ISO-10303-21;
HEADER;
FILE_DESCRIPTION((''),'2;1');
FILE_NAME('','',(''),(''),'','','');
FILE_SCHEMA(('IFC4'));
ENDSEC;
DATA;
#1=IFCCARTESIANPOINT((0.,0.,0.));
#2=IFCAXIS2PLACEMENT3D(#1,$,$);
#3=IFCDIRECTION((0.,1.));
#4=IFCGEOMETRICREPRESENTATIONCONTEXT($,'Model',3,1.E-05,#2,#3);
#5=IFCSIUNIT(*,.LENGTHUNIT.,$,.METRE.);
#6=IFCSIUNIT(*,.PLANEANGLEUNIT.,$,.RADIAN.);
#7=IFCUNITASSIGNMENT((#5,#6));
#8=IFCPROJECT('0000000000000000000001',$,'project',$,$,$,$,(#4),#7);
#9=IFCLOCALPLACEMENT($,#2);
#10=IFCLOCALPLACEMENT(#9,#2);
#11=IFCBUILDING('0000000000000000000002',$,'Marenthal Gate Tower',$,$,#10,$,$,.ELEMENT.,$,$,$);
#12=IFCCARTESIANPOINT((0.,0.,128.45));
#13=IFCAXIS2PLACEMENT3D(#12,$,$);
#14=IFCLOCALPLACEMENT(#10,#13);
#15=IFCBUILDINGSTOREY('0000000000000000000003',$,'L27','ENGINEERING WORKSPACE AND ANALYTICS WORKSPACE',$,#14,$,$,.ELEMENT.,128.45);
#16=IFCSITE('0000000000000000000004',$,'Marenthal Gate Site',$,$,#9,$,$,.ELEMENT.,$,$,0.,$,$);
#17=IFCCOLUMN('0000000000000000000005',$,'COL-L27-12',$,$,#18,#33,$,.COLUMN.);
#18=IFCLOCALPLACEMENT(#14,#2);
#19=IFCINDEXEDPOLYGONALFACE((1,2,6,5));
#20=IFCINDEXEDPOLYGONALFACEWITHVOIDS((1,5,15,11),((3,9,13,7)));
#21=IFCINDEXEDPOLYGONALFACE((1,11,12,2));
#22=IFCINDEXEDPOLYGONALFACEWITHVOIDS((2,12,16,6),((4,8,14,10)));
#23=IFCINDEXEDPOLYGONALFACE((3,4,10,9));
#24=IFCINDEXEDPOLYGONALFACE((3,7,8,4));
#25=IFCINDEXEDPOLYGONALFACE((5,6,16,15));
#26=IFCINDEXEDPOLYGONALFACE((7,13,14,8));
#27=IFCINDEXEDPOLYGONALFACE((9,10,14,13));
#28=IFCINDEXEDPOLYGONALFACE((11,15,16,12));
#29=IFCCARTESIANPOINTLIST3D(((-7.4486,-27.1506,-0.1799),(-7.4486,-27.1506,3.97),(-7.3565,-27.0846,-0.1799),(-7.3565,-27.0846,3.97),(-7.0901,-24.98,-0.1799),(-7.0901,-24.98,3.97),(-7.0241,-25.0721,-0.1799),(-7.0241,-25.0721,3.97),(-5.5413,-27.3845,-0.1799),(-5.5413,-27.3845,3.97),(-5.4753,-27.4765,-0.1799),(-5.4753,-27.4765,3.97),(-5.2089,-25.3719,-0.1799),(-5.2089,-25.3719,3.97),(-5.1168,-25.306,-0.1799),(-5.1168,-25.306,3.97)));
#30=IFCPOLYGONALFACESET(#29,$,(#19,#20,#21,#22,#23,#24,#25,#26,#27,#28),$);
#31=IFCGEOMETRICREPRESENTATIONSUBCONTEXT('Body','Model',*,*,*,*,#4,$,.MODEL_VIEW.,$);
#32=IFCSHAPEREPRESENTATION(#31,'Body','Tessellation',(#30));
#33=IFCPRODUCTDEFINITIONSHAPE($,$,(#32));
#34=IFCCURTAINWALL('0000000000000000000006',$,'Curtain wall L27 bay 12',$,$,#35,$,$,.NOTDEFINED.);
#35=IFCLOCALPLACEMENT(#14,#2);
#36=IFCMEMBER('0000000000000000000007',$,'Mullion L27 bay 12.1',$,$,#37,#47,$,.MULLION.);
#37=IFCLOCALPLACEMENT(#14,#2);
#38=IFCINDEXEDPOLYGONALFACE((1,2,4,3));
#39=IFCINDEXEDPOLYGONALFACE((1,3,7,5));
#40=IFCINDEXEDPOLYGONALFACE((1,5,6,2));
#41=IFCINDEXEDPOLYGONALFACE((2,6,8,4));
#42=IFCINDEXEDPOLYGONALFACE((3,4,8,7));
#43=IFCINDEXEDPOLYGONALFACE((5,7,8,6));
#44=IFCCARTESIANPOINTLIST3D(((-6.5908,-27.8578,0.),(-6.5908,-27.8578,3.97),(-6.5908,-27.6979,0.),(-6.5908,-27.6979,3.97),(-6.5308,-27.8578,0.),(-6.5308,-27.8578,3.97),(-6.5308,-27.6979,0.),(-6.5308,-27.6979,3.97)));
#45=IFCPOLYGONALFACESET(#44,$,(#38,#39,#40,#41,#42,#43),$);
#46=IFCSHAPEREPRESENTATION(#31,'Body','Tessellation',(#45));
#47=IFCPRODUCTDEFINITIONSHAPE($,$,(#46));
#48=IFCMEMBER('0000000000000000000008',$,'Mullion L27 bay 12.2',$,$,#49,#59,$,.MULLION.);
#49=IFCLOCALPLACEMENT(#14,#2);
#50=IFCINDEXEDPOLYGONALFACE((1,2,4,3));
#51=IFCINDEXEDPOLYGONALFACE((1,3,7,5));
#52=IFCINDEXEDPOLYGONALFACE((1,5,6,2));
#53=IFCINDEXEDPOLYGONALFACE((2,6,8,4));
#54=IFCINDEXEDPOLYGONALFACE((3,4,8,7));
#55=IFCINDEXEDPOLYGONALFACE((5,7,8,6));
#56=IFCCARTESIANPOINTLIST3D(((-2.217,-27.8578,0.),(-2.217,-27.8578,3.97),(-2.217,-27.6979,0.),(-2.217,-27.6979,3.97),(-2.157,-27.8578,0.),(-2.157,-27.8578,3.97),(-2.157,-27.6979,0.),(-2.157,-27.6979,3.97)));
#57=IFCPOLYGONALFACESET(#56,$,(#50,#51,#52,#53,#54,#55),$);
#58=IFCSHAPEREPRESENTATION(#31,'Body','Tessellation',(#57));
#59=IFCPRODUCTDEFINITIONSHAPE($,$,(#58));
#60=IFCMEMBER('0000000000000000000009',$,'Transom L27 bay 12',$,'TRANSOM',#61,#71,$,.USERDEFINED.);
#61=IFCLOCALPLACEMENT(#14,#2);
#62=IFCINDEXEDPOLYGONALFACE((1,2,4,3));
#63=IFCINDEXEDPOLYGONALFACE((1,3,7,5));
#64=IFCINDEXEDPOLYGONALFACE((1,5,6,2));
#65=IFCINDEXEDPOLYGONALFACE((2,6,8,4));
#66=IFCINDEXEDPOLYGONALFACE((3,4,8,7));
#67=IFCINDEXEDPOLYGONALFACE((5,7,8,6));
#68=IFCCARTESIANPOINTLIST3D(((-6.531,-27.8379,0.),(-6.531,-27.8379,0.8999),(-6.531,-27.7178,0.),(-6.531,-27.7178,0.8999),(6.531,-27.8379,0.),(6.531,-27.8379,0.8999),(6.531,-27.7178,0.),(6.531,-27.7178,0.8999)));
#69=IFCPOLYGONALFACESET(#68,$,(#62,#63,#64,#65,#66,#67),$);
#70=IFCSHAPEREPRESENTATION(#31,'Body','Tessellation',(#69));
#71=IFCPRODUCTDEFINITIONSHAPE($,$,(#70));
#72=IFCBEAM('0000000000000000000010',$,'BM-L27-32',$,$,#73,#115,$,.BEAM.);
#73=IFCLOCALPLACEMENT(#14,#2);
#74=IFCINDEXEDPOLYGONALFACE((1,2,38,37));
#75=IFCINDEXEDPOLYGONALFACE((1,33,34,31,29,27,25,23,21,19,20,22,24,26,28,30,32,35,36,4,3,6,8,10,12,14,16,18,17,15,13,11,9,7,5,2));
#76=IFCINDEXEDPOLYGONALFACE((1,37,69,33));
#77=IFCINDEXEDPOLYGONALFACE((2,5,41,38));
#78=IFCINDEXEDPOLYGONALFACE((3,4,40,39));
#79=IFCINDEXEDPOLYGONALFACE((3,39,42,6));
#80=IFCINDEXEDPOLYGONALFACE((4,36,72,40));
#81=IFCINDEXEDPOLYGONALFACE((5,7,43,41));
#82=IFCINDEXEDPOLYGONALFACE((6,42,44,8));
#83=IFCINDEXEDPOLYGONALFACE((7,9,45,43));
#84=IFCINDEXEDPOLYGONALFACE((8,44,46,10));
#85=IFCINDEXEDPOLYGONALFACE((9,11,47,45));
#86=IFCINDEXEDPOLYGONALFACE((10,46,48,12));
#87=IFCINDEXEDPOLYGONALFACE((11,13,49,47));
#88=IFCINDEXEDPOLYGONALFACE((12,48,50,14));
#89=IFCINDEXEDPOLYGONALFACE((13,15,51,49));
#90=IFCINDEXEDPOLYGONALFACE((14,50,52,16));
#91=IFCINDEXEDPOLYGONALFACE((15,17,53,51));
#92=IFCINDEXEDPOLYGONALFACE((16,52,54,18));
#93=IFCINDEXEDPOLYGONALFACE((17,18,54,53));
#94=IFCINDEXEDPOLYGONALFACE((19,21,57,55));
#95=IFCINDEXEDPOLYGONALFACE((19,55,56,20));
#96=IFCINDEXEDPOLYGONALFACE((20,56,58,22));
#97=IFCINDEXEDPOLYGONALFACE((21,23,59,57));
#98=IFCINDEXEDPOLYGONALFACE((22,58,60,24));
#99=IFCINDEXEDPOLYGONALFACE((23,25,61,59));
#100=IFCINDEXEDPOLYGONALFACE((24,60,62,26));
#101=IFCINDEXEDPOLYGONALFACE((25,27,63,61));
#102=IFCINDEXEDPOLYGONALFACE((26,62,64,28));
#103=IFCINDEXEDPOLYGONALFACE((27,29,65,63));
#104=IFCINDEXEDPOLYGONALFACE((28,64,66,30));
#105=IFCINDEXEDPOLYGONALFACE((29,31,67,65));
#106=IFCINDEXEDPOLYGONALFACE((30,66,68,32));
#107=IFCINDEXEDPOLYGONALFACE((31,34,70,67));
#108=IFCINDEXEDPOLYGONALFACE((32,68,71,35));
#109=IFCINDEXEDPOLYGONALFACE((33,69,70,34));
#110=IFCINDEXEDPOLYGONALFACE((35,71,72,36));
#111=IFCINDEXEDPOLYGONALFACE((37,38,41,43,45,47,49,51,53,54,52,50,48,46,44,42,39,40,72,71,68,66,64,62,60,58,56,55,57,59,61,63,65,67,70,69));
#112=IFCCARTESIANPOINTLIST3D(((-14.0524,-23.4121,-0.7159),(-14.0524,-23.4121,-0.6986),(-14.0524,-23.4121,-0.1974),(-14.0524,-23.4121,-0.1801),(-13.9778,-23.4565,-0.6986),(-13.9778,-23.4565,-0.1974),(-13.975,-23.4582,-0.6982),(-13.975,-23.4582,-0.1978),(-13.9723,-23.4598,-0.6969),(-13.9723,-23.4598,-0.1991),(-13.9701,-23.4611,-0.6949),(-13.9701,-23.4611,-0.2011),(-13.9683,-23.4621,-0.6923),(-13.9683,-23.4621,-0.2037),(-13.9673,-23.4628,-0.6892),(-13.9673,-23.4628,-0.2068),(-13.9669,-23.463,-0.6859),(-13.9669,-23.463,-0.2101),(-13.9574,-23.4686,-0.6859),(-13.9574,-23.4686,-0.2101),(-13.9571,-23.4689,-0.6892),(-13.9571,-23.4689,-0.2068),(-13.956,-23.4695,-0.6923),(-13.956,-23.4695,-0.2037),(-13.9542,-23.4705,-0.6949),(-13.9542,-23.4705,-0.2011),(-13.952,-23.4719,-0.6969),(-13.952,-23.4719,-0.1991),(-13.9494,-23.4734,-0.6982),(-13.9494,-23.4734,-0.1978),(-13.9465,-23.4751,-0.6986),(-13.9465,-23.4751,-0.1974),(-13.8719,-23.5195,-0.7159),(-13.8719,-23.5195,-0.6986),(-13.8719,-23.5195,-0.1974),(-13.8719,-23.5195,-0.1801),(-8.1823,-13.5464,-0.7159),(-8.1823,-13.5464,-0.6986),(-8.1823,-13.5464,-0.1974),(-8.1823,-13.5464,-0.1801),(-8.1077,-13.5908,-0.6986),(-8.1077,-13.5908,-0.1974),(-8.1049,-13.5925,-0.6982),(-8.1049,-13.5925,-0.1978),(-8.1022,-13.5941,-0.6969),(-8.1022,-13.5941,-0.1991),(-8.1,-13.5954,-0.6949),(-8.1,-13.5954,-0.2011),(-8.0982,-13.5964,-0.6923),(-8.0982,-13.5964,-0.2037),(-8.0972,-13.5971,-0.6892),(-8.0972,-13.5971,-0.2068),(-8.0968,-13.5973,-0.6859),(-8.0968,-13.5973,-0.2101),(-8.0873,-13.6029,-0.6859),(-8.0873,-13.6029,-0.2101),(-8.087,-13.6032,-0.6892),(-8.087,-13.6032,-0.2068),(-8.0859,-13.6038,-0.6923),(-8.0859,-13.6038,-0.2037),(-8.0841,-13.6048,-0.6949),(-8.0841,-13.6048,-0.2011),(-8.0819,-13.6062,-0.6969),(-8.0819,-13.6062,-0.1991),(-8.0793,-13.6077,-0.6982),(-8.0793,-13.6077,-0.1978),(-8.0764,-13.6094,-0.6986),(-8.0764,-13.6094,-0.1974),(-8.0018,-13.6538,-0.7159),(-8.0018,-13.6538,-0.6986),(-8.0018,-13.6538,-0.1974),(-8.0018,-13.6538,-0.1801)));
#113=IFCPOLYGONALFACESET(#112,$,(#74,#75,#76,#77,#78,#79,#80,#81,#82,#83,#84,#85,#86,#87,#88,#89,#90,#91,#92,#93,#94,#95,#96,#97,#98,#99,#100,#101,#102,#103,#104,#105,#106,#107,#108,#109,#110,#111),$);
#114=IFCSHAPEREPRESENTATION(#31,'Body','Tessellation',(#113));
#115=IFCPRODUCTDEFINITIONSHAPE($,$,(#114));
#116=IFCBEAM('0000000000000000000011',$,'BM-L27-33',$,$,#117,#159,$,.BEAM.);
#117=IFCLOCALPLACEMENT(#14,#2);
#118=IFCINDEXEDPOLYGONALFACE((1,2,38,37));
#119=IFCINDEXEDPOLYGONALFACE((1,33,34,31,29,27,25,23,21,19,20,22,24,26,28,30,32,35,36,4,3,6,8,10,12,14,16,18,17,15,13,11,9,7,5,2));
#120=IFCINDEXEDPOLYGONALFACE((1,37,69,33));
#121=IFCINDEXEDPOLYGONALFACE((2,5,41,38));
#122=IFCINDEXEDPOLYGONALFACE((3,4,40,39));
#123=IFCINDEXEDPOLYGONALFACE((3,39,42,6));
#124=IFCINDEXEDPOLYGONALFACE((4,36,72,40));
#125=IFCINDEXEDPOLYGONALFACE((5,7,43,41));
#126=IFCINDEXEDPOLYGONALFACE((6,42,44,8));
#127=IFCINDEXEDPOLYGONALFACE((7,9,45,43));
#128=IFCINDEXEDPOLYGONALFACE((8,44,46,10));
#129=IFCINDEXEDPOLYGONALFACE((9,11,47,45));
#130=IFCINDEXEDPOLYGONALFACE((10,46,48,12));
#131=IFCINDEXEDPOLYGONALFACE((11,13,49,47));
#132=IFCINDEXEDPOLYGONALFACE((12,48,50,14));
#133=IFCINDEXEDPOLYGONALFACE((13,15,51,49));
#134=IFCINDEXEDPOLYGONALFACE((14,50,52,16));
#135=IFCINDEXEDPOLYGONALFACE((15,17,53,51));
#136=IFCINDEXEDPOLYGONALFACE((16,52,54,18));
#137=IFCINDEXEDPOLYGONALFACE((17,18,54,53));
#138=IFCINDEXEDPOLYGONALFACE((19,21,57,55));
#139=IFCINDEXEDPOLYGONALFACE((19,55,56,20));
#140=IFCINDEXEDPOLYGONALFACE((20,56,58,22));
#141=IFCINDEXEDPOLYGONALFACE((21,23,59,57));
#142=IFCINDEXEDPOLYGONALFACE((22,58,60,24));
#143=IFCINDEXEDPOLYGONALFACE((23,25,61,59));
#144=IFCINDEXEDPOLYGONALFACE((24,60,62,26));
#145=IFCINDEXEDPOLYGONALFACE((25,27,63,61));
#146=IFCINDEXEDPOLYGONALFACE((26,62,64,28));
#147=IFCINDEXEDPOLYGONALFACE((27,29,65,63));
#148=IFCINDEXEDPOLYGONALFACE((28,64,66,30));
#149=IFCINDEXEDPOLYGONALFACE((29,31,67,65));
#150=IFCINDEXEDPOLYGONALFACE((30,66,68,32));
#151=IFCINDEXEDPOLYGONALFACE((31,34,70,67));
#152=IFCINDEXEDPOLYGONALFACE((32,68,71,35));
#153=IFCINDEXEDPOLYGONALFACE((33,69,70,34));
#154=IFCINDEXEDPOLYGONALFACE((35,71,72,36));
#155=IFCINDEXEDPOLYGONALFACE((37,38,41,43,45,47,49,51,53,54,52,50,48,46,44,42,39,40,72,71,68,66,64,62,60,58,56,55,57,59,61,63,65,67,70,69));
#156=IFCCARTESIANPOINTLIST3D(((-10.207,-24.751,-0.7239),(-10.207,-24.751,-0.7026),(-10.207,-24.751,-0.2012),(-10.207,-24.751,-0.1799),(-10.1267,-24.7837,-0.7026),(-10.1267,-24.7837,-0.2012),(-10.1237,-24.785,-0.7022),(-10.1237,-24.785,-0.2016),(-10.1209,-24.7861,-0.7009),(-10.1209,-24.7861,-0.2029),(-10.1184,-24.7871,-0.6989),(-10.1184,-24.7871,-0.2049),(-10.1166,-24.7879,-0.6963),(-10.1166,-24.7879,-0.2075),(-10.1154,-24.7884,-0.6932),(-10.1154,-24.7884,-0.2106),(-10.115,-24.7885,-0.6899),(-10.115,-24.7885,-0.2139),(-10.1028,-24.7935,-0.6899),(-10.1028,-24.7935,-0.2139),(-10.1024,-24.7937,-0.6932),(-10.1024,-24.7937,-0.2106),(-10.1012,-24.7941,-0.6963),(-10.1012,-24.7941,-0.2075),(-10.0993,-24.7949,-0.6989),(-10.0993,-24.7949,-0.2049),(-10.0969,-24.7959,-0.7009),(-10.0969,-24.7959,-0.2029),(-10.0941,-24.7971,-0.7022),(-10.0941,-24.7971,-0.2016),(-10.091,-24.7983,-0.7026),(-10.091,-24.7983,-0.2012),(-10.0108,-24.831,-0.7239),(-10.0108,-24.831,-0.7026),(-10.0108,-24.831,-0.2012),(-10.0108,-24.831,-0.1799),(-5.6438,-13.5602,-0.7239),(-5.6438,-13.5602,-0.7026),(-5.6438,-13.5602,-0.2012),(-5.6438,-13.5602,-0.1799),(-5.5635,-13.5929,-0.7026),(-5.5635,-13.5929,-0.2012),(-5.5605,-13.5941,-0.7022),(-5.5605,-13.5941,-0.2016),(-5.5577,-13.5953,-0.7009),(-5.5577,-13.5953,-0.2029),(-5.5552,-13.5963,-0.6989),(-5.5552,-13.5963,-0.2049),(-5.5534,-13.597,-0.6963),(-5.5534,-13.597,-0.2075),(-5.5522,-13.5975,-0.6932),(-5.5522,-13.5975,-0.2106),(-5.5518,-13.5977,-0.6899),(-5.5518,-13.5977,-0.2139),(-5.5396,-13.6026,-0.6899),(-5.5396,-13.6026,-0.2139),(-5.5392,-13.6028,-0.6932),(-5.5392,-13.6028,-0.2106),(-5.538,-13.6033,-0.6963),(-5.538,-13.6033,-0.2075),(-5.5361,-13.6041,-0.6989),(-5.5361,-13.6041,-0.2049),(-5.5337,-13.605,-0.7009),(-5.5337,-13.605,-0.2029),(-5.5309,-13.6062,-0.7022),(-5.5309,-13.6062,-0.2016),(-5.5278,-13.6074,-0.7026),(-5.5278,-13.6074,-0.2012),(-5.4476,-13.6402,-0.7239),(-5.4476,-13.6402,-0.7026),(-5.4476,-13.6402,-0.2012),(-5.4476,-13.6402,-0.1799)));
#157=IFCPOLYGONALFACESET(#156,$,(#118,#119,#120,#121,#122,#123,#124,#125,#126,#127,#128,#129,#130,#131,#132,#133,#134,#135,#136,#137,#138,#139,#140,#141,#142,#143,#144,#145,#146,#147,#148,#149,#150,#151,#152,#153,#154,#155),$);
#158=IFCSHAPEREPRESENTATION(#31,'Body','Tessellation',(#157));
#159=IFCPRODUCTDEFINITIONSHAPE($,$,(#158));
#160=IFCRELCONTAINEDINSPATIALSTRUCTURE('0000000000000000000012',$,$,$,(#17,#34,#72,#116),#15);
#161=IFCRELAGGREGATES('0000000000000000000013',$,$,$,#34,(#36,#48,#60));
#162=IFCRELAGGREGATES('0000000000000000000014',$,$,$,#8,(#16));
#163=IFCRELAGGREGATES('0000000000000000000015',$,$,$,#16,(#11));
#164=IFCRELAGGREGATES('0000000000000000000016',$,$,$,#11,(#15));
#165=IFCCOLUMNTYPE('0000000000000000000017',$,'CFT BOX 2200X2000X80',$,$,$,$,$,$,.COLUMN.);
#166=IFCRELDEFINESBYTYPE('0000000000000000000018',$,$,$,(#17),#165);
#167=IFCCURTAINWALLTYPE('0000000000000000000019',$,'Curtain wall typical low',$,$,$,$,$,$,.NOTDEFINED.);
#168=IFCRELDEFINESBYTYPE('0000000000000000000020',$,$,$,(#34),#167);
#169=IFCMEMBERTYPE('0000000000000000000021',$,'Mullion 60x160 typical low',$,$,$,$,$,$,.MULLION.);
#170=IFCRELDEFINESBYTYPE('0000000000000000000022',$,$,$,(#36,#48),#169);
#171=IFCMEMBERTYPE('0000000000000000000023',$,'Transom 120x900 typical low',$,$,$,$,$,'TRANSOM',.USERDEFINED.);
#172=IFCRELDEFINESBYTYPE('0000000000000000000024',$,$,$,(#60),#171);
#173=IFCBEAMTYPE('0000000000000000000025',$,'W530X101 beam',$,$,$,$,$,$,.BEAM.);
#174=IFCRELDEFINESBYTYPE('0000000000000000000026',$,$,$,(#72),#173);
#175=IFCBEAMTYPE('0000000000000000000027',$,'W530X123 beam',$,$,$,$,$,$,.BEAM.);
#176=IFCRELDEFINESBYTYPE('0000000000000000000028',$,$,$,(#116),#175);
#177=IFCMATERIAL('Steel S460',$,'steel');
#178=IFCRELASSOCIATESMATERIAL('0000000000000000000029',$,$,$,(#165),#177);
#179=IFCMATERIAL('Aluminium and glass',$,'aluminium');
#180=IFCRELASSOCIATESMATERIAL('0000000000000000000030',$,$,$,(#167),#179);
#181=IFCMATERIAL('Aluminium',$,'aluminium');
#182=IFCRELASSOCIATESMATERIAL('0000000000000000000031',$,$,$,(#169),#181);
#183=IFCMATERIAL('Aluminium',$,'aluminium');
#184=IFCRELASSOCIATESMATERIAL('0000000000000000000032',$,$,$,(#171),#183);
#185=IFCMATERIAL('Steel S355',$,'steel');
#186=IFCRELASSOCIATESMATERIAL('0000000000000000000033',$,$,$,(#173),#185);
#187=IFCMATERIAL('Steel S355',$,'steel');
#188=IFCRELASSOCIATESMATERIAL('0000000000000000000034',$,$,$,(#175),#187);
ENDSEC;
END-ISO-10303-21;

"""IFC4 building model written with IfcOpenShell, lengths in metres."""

from ifc_helpers import new_model, si_unit, direction, frame, origin, origin_2d, place, context, subcontext, project, spatial, rectangle, hollow_rectangle, i_section, extrude, material, material_profile, profile_set, type_object, element, aggregate, save


model = new_model("IFC4")

# Units and contexts
model_context = context("Model", 3, precision=1e-05, world=origin(), true_north=direction((0.0, 1.0)))
body_context = subcontext(model_context, "Body", "Model", "MODEL_VIEW")
ifc_project = project(units=[si_unit("LENGTHUNIT", "METRE"), si_unit("PLANEANGLEUNIT", "RADIAN")], contexts=[model_context])

# Site, building, storey
site_placement = place(None, origin())
site = spatial("IfcSite", under=ifc_project, at=site_placement, Name="Marenthal Gate Site", CompositionType="ELEMENT", RefElevation=0.0)
building_placement = place(site_placement, origin())
building = spatial("IfcBuilding", under=site, at=building_placement, Name="Marenthal Gate Tower", CompositionType="ELEMENT")
storey_placement = place(building_placement, frame((0.0, 0.0, 128.45)))
storey = spatial("IfcBuildingStorey", under=building, at=storey_placement, Name="L27", Description="ENGINEERING WORKSPACE AND ANALYTICS WORKSPACE", CompositionType="ELEMENT", Elevation=128.45)

# Column
ifc_material_1 = material(Name="Steel S460", Category="steel")
ifc_material_profile_1 = material_profile(ifc_material_1, hollow_rectangle(XDim=2.0, YDim=2.2, WallThickness=0.0801, at=origin_2d()), Name="CFT BOX 2200X2000X80")
ifc_material_2 = material(Name="Concrete 70 MPa", Category="concrete")
ifc_material_profile_2 = material_profile(ifc_material_2, rectangle(XDim=1.8401, YDim=2.04, at=origin_2d()), Name="CFT BOX 2200X2000X80 INFILL")
ifc_profile_set_1 = profile_set([ifc_material_profile_1, ifc_material_profile_2], Name="Steel S460 shell, Concrete 70 MPa infill")
column_type = type_object("IfcColumnType", Name="CFT BOX 2200X2000X80", PredefinedType="COLUMN", material=ifc_profile_set_1)
column_placement = place(storey_placement, frame((-6.2827, -26.2283, -0.1799), z_axis=(0.0, 0.0, 1.0), x_axis=(-0.986631, 0.162968, 0.0)))
element("IfcColumn", 1, at=column_placement, inside=storey, type_object=column_type, Name="COL-L27-12", PredefinedType="COLUMN", context=body_context, shape_type="SweptSolid", body=[
    extrude(hollow_rectangle(XDim=2.0, YDim=2.2, WallThickness=0.0801, at=origin_2d()), origin(), (0.0, 0.0, 1.0), 4.1499),
])

# Curtain wall, members
ifc_material_3 = material(Name="Aluminium and glass", Category="aluminium")
curtain_wall_type = type_object("IfcCurtainWallType", Name="Curtain wall typical low", PredefinedType="NOTDEFINED", material=ifc_material_3)
curtain_wall_placement = place(storey_placement, origin())
curtain_wall = element("IfcCurtainWall", 2, at=curtain_wall_placement, inside=storey, type_object=curtain_wall_type, Name="Curtain wall L27 bay 12", PredefinedType="NOTDEFINED")
ifc_material_4 = material(Name="Aluminium", Category="aluminium")
ifc_material_profile_3 = material_profile(ifc_material_4, rectangle(XDim=0.1599, YDim=0.0601, at=origin_2d()), Name="60x160 aluminium mullion")
ifc_profile_set_2 = profile_set([ifc_material_profile_3], Name="Aluminium")
member_type_1 = type_object("IfcMemberType", Name="Mullion 60x160 typical low", PredefinedType="MULLION", material=ifc_profile_set_2)
member_1_placement = place(storey_placement, frame((-6.5608, -27.7778, 0.0), z_axis=(0.0, 0.0, 1.0), x_axis=(0.0, 1.0, 0.0)))
member_1 = element("IfcMember", 3, at=member_1_placement, type_object=member_type_1, Name="Mullion L27 bay 12.1", PredefinedType="MULLION", context=body_context, shape_type="SweptSolid", body=[
    extrude(rectangle(XDim=0.1599, YDim=0.0601, at=origin_2d()), origin(), (0.0, 0.0, 1.0), 3.97),
])
member_2_placement = place(storey_placement, frame((-2.187, -27.7778, 0.0), z_axis=(0.0, 0.0, 1.0), x_axis=(0.0, 1.0, 0.0)))
member_2 = element("IfcMember", 4, at=member_2_placement, type_object=member_type_1, Name="Mullion L27 bay 12.2", PredefinedType="MULLION", context=body_context, shape_type="SweptSolid", body=[
    extrude(rectangle(XDim=0.1599, YDim=0.0601, at=origin_2d()), origin(), (0.0, 0.0, 1.0), 3.97),
])
ifc_material_5 = material(Name="Aluminium", Category="aluminium")
ifc_material_profile_4 = material_profile(ifc_material_5, rectangle(XDim=0.1201, YDim=0.8999, at=origin_2d()), Name="120x900 aluminium transom")
ifc_profile_set_3 = profile_set([ifc_material_profile_4], Name="Aluminium")
member_type_2 = type_object("IfcMemberType", Name="Transom 120x900 typical low", ElementType="TRANSOM", PredefinedType="USERDEFINED", material=ifc_profile_set_3)
member_3_placement = place(storey_placement, frame((-6.531, -27.7778, 0.45), z_axis=(1.0, 0.0, 0.0), x_axis=(0.0, 1.0, 0.0)))
member_3 = element("IfcMember", 5, at=member_3_placement, type_object=member_type_2, Name="Transom L27 bay 12", ObjectType="TRANSOM", PredefinedType="USERDEFINED", context=body_context, shape_type="SweptSolid", body=[
    extrude(rectangle(XDim=0.1201, YDim=0.8999, at=origin_2d()), origin(), (0.0, 0.0, 1.0), 13.062),
])

# Beams
ifc_material_6 = material(Name="Steel S355", Category="steel")
ifc_material_profile_5 = material_profile(ifc_material_6, i_section(OverallWidth=0.21, OverallDepth=0.5359, WebThickness=0.011, FlangeThickness=0.0173, FilletRadius=0.0127, at=origin_2d()), Name="W530X101")
ifc_profile_set_4 = profile_set([ifc_material_profile_5], Name="Steel S355")
beam_type_1 = type_object("IfcBeamType", Name="W530X101 beam", PredefinedType="BEAM", material=ifc_profile_set_4)
beam_1_placement = place(storey_placement, frame((-13.9622, -23.4658, -0.448), z_axis=(0.511334, 0.859382, 0.0), x_axis=(-0.859382, 0.511334, 0.0)))
element("IfcBeam", 6, at=beam_1_placement, inside=storey, type_object=beam_type_1, Name="BM-L27-32", PredefinedType="BEAM", context=body_context, shape_type="SweptSolid", body=[
    extrude(i_section(OverallWidth=0.21, OverallDepth=0.5359, WebThickness=0.011, FlangeThickness=0.0173, FilletRadius=0.0127, at=origin_2d()), origin(), (0.0, 0.0, 1.0), 11.48),
])
ifc_material_7 = material(Name="Steel S355", Category="steel")
ifc_material_profile_6 = material_profile(ifc_material_7, i_section(OverallWidth=0.2119, OverallDepth=0.5439, WebThickness=0.0132, FlangeThickness=0.0212, FilletRadius=0.0127, at=origin_2d()), Name="W530X123")
ifc_profile_set_5 = profile_set([ifc_material_profile_6], Name="Steel S355")
beam_type_2 = type_object("IfcBeamType", Name="W530X123 beam", PredefinedType="BEAM", material=ifc_profile_set_5)
beam_2_placement = place(storey_placement, frame((-10.1089, -24.791, -0.4519), z_axis=(0.377579, 0.925978, 0.0), x_axis=(-0.925978, 0.377579, 0.0)))
element("IfcBeam", 7, at=beam_2_placement, inside=storey, type_object=beam_type_2, Name="BM-L27-33", PredefinedType="BEAM", context=body_context, shape_type="SweptSolid", body=[
    extrude(i_section(OverallWidth=0.2119, OverallDepth=0.5439, WebThickness=0.0132, FlangeThickness=0.0212, FilletRadius=0.0127, at=origin_2d()), origin(), (0.0, 0.0, 1.0), 12.0854),
])

aggregate(curtain_wall, [member_1, member_2, member_3])

save(model, "model.ifc")
